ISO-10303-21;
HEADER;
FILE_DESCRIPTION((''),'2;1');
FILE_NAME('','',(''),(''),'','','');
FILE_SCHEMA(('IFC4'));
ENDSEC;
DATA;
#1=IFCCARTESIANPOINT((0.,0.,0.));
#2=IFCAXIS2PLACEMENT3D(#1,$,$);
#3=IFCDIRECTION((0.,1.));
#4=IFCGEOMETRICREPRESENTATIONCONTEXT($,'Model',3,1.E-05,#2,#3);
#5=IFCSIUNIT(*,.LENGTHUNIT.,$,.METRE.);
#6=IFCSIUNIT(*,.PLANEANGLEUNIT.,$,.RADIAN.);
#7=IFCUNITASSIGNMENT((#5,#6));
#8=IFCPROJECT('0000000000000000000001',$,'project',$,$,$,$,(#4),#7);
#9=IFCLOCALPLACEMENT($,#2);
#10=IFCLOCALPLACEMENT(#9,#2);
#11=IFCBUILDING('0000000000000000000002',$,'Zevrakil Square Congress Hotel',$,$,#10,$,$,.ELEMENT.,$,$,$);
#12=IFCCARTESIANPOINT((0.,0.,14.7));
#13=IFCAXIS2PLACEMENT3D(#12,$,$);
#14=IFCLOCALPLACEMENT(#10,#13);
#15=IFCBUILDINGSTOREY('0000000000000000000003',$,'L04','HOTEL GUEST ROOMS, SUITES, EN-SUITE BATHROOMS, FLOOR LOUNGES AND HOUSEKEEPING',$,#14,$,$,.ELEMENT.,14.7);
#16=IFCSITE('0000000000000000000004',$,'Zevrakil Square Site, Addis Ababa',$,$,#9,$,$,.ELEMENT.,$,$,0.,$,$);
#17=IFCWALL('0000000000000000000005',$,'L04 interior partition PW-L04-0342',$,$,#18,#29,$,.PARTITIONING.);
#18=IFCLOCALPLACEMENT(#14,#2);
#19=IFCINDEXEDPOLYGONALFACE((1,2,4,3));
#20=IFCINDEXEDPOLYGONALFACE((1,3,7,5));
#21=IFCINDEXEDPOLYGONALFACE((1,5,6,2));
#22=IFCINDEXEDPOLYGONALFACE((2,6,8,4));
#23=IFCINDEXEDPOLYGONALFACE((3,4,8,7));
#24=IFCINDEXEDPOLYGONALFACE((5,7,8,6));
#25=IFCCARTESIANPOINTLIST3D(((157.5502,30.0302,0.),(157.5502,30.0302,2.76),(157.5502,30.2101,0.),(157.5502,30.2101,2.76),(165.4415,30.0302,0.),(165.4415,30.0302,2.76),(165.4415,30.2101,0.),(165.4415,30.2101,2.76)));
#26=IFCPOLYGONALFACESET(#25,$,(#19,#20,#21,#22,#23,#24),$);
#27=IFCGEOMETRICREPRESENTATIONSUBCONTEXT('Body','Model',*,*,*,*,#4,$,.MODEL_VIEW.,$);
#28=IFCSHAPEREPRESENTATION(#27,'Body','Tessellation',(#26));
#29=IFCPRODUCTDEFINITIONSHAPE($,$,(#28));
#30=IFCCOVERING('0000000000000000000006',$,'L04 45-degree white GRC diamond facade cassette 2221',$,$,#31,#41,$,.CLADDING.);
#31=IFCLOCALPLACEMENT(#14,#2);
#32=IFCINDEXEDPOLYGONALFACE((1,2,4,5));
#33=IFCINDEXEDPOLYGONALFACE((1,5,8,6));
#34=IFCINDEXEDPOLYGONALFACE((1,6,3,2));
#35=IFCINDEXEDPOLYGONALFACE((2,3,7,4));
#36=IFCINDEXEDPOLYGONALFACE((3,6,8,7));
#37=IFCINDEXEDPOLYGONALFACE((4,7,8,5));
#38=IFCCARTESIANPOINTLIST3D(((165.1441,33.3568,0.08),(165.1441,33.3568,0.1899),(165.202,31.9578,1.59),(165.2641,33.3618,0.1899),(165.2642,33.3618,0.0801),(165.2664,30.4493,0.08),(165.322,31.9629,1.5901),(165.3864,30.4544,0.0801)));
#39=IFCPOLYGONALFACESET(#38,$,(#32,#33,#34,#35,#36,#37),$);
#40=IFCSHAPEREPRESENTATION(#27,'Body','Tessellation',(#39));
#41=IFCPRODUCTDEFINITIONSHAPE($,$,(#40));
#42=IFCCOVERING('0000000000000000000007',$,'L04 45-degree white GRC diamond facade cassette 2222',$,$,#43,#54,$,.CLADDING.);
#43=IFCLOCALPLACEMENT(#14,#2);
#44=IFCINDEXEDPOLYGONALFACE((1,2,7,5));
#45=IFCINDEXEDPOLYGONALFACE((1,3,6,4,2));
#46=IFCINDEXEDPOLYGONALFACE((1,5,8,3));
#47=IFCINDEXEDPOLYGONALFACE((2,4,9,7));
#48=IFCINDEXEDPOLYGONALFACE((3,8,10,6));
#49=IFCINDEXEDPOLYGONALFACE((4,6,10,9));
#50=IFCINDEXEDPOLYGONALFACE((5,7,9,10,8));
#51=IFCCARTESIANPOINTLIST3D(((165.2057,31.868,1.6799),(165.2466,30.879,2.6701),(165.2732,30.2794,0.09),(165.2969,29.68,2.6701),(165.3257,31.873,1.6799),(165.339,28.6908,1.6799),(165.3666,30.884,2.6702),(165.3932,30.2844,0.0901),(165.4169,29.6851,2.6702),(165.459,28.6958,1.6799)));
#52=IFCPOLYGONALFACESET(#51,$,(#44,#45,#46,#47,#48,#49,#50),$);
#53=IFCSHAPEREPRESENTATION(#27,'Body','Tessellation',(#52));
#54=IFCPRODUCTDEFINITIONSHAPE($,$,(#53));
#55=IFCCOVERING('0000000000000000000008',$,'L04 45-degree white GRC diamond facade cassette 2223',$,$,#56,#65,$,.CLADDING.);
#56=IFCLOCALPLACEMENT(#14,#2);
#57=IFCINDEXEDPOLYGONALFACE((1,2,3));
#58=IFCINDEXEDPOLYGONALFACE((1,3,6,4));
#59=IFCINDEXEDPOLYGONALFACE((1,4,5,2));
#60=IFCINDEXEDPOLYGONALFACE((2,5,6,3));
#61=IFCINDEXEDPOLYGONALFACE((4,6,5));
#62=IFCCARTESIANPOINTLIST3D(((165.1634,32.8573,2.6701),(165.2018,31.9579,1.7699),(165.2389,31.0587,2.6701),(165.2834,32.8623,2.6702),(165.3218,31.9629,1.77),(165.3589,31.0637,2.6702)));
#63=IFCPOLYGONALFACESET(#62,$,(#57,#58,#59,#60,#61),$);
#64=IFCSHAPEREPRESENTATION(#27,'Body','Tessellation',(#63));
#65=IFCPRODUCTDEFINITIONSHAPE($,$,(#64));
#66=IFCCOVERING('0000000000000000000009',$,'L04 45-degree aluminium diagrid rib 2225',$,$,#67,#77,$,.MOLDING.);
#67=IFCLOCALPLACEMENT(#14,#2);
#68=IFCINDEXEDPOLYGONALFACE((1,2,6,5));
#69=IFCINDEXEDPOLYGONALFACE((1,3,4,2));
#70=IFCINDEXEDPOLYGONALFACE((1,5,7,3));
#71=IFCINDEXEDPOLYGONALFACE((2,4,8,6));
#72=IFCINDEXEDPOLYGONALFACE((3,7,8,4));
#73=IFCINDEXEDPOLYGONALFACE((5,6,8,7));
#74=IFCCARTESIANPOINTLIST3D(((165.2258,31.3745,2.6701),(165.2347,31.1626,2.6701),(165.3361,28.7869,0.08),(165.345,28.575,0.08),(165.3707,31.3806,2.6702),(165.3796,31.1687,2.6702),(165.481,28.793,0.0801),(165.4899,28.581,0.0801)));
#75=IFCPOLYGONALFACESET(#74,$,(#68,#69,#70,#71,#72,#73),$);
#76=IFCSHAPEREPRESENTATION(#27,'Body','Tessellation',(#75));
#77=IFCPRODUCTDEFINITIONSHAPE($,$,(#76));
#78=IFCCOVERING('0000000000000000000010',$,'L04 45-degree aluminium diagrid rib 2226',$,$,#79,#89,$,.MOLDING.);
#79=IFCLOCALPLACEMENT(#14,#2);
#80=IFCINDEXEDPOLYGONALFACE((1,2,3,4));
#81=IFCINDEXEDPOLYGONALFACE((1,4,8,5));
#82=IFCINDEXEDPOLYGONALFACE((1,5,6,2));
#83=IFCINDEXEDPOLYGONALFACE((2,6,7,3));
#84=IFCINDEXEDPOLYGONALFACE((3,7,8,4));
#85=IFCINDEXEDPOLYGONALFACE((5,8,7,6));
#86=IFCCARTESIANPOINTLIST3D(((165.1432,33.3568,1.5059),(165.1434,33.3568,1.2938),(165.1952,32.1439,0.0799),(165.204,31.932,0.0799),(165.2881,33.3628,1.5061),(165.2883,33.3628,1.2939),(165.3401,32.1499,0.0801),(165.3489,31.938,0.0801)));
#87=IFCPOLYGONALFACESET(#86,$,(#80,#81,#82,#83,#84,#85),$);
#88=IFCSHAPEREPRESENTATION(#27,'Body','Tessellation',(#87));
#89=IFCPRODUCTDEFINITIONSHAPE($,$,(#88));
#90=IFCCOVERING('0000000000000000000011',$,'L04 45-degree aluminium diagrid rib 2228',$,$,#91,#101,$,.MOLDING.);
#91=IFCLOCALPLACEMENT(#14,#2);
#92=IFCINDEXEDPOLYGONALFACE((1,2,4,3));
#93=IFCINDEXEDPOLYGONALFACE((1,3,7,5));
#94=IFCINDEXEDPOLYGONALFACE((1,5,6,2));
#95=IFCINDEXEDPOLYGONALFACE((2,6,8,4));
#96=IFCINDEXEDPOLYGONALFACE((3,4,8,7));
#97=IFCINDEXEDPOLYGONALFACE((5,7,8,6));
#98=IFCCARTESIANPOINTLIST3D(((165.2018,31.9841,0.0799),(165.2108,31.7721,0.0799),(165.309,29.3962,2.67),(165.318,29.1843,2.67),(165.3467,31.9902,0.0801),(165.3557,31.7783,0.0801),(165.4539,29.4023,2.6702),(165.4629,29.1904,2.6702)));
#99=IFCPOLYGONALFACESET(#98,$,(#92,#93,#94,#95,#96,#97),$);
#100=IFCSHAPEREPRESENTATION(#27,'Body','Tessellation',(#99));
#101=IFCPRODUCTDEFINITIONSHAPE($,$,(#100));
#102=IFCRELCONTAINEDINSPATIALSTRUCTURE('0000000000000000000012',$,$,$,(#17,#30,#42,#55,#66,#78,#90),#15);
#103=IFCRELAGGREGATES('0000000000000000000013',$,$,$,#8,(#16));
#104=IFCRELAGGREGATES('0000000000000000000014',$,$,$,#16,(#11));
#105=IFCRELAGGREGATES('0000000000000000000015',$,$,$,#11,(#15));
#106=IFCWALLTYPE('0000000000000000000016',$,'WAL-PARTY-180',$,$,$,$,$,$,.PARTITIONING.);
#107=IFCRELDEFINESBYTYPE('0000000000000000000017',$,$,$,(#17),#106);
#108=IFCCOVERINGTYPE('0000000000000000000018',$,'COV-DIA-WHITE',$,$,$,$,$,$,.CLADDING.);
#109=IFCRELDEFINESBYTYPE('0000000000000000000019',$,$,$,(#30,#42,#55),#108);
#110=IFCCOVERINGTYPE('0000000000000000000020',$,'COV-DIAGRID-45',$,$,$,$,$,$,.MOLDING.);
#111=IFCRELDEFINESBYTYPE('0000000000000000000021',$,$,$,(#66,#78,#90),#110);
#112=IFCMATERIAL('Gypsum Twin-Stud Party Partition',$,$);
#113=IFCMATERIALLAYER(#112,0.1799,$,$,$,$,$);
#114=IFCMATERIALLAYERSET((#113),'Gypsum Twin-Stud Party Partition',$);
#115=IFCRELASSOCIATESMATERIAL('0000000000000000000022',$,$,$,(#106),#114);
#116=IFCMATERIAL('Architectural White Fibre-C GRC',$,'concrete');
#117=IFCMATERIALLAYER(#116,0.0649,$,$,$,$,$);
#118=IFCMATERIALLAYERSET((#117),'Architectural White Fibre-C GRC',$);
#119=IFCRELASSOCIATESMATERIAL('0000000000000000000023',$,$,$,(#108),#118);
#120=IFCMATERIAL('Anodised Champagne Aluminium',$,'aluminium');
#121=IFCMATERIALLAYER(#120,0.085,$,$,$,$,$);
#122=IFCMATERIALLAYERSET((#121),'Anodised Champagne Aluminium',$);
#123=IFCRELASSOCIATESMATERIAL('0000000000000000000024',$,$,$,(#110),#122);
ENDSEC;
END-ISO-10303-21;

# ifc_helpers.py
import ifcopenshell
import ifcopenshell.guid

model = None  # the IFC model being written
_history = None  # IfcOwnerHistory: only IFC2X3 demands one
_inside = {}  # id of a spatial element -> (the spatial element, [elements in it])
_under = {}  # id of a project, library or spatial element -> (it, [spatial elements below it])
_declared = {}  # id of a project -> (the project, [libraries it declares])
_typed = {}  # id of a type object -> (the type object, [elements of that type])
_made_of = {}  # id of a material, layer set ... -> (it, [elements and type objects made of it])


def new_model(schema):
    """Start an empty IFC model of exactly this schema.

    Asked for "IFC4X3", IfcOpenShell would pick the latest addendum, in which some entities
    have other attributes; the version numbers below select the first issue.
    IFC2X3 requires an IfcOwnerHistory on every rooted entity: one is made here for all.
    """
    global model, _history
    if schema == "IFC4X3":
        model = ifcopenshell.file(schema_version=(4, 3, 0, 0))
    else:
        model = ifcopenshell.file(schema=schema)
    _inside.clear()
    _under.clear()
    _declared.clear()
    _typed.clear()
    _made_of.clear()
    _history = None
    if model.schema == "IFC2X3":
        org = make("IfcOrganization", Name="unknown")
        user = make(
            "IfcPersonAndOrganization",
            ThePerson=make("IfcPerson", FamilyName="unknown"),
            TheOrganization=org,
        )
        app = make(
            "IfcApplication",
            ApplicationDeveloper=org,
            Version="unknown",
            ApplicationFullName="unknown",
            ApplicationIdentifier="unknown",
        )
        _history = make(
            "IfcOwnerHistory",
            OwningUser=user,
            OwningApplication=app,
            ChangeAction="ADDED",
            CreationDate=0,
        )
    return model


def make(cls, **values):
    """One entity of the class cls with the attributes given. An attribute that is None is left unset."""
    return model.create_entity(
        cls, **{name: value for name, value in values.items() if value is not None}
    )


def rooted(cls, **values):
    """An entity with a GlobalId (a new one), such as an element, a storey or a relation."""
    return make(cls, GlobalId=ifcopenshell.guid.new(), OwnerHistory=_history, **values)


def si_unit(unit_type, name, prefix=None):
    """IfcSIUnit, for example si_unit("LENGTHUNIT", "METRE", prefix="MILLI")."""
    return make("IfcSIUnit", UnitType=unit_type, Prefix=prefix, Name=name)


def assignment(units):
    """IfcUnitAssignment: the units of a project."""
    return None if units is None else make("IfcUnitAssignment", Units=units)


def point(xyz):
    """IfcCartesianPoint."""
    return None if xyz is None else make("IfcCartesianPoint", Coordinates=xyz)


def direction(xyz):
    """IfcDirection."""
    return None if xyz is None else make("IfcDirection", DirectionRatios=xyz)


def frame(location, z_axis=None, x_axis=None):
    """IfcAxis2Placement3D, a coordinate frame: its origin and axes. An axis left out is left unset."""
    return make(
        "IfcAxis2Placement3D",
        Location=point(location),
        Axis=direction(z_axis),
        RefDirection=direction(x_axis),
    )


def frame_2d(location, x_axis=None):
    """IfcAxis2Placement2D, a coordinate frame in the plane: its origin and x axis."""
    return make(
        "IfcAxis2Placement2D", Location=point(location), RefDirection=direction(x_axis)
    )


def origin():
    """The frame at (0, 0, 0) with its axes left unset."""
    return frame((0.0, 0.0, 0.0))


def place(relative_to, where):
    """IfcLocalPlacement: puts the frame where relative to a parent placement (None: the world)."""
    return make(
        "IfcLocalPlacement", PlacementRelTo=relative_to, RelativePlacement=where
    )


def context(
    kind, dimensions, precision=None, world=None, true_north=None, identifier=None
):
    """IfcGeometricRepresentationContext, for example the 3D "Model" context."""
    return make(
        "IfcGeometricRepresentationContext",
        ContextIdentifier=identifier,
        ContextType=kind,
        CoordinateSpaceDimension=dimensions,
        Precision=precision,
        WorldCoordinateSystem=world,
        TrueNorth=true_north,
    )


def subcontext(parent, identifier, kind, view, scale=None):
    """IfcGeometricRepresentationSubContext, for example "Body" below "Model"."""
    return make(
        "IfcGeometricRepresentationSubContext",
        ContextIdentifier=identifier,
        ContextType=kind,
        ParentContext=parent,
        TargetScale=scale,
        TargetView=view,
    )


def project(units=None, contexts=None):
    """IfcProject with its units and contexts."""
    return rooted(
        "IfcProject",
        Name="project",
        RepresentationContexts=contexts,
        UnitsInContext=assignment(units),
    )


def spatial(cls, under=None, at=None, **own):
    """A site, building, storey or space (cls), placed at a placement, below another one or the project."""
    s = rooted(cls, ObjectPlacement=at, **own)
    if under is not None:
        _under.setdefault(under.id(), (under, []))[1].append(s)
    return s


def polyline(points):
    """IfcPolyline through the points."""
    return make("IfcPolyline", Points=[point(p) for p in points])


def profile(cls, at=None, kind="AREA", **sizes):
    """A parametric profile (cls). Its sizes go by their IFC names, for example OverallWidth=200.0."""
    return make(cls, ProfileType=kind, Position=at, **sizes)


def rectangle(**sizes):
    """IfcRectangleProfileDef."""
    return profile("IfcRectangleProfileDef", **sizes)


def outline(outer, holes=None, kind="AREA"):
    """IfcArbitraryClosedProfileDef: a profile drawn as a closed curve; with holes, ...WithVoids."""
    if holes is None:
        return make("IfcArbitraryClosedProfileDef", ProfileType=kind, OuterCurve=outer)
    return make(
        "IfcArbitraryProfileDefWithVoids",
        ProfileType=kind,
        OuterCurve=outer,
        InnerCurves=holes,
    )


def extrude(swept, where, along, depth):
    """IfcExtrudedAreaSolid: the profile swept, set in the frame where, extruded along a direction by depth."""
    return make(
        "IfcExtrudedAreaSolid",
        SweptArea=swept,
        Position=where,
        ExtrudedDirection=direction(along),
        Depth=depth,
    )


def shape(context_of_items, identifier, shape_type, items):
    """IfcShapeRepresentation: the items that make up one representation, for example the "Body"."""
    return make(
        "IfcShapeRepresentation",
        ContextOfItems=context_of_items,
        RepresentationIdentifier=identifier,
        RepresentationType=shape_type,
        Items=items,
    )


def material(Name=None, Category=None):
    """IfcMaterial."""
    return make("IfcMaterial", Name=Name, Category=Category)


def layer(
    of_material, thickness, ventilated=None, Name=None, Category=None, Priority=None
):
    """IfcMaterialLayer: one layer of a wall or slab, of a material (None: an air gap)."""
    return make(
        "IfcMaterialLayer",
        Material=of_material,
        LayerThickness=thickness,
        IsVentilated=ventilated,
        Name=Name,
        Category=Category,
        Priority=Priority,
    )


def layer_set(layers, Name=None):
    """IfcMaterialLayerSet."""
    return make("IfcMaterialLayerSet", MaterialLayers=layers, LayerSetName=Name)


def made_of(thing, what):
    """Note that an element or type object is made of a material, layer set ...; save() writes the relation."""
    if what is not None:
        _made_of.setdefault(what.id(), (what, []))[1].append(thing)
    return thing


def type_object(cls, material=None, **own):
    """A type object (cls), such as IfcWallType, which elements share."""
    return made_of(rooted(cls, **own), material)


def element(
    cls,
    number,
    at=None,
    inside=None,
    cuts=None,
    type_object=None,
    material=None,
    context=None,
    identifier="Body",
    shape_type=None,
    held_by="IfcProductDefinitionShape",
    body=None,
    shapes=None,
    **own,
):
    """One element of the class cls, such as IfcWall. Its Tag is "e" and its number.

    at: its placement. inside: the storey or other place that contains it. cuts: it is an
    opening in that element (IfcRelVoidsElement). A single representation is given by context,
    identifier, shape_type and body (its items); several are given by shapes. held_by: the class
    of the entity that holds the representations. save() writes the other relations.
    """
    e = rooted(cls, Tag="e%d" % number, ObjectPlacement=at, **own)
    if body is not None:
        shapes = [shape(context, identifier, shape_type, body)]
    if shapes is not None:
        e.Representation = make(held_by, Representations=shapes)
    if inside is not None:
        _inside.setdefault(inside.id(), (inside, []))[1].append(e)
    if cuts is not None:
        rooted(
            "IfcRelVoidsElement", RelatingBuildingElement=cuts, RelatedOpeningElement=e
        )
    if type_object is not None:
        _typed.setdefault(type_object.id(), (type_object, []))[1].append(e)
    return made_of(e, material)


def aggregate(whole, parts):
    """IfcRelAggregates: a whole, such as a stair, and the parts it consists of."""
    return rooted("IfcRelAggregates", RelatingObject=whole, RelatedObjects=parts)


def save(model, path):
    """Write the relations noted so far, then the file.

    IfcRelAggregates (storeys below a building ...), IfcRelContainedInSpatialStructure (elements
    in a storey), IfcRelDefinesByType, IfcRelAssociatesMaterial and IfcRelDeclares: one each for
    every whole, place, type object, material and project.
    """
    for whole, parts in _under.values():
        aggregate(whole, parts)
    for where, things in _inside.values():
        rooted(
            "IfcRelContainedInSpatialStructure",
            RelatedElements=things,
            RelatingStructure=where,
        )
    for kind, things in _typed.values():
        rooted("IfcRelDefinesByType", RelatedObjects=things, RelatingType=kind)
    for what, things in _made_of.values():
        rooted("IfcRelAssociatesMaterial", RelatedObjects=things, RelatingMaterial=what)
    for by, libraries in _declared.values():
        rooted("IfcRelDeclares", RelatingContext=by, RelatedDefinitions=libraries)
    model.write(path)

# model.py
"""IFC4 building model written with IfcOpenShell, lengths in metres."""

from ifc_helpers import new_model, si_unit, direction, frame, frame_2d, origin, place, context, subcontext, project, spatial, polyline, rectangle, outline, extrude, material, layer, layer_set, type_object, element, save


model = new_model("IFC4")

# Units and contexts
model_context = context("Model", 3, precision=1e-05, world=origin(), true_north=direction((0.0, 1.0)))
body_context = subcontext(model_context, "Body", "Model", "MODEL_VIEW")
ifc_project = project(units=[si_unit("LENGTHUNIT", "METRE"), si_unit("PLANEANGLEUNIT", "RADIAN")], contexts=[model_context])

# Site, building, storey
site_placement = place(None, origin())
site = spatial("IfcSite", under=ifc_project, at=site_placement, Name="Zevrakil Square Site, Addis Ababa", CompositionType="ELEMENT", RefElevation=0.0)
building_placement = place(site_placement, origin())
building = spatial("IfcBuilding", under=site, at=building_placement, Name="Zevrakil Square Congress Hotel", CompositionType="ELEMENT")
storey_placement = place(building_placement, frame((0.0, 0.0, 14.7)))
storey = spatial("IfcBuildingStorey", under=building, at=storey_placement, Name="L04", Description="HOTEL GUEST ROOMS, SUITES, EN-SUITE BATHROOMS, FLOOR LOUNGES AND HOUSEKEEPING", CompositionType="ELEMENT", Elevation=14.7)

# Wall
ifc_material_1 = material(Name="Gypsum Twin-Stud Party Partition")
ifc_layer_1 = layer(ifc_material_1, 0.1799)
ifc_layer_set_1 = layer_set([ifc_layer_1], Name="Gypsum Twin-Stud Party Partition")
wall_type_1 = type_object("IfcWallType", Name="WAL-PARTY-180", PredefinedType="PARTITIONING", material=ifc_layer_set_1)
wall_1_placement = place(storey_placement, frame((157.55, 30.1201, 0.0), z_axis=(0.0, 0.0, 1.0), x_axis=(1.0, 0.0, 0.0)))
element("IfcWall", 1, at=wall_1_placement, inside=storey, type_object=wall_type_1, Name="L04 interior partition PW-L04-0342", PredefinedType="PARTITIONING", context=body_context, shape_type="SweptSolid", body=[
    extrude(rectangle(XDim=7.8914, YDim=0.1799, at=frame_2d((3.9458, 0.0))), origin(), (0.0, 0.0, 1.0), 2.76),
])

# Coverings
ifc_material_2 = material(Name="Architectural White Fibre-C GRC", Category="concrete")
ifc_layer_2 = layer(ifc_material_2, 0.0649)
ifc_layer_set_2 = layer_set([ifc_layer_2], Name="Architectural White Fibre-C GRC")
covering_type_1 = type_object("IfcCoveringType", Name="COV-DIA-WHITE", PredefinedType="CLADDING", material=ifc_layer_set_2)
covering_1_placement = place(storey_placement, frame((165.322, 31.9629, 1.5901), z_axis=(0.999117, 0.042008, 0.000633), x_axis=(-0.029257, 0.706498, -0.70711)))
element("IfcCovering", 2, at=covering_1_placement, inside=storey, type_object=covering_type_1, Name="L04 45-degree white GRC diamond facade cassette 2221", PredefinedType="CLADDING", context=body_context, shape_type="SweptSolid", body=[
    extrude(outline(polyline([(0.0, 0.0), (1.9801, 0.0), (2.0578, -0.0777), (0.0001, -2.1354), (0.0, 0.0)])), origin(), (0.0, 0.0, -1.0), 0.1201),
])
covering_2_placement = place(storey_placement, frame((165.3257, 31.873, 1.6799), z_axis=(0.999121, 0.041917, 0.000555), x_axis=(0.030034, -0.706517, -0.707058)))
element("IfcCovering", 3, at=covering_2_placement, inside=storey, type_object=covering_type_1, Name="L04 45-degree white GRC diamond facade cassette 2222", PredefinedType="CLADDING", context=body_context, shape_type="SweptSolid", body=[
    extrude(outline(polyline([(0.0, 0.0), (2.2485, 0.0), (2.2488, -2.2485), (0.8484, -2.2486), (-0.0002, -1.4001), (0.0, 0.0)])), origin(), (0.0, 0.0, -1.0), 0.1201),
])
covering_3_placement = place(storey_placement, frame((165.3218, 31.9629, 1.77), z_axis=(0.999121, 0.041907, 0.000672), x_axis=(0.029155, -0.706422, 0.70719)))
element("IfcCovering", 4, at=covering_3_placement, inside=storey, type_object=covering_type_1, Name="L04 45-degree white GRC diamond facade cassette 2223", PredefinedType="CLADDING", context=body_context, shape_type="SweptSolid", body=[
    extrude(outline(polyline([(0.0, 0.0), (1.2729, 0.0), (0.0001, -1.2731), (0.0, 0.0)])), origin(), (0.0, 0.0, -1.0), 0.1201),
])
ifc_material_3 = material(Name="Anodised Champagne Aluminium", Category="aluminium")
ifc_layer_3 = layer(ifc_material_3, 0.085)
ifc_layer_set_3 = layer_set([ifc_layer_3], Name="Anodised Champagne Aluminium")
covering_type_2 = type_object("IfcCoveringType", Name="COV-DIAGRID-45", PredefinedType="MOLDING", material=ifc_layer_set_3)
covering_4_placement = place(storey_placement, frame((165.481, 28.793, 0.0801), z_axis=(0.999117, 0.042014, 0.000547), x_axis=(0.042014, -0.999117, 0.0)))
element("IfcCovering", 5, at=covering_4_placement, inside=storey, type_object=covering_type_2, Name="L04 45-degree aluminium diagrid rib 2225", PredefinedType="MOLDING", context=body_context, shape_type="SweptSolid", body=[
    extrude(outline(polyline([(0.0, 0.0), (0.2121, 0.0), (-2.3779, -2.5901), (-2.59, -2.5901), (0.0, 0.0)])), origin(), (0.0, 0.0, -1.0), 0.145),
])
covering_5_placement = place(storey_placement, frame((165.3401, 32.1499, 0.0801), z_axis=(0.999139, 0.04146, 0.001171), x_axis=(0.04146, -0.99914, 0.0)))
element("IfcCovering", 6, at=covering_5_placement, inside=storey, type_object=covering_type_2, Name="L04 45-degree aluminium diagrid rib 2226", PredefinedType="MOLDING", context=body_context, shape_type="SweptSolid", body=[
    extrude(outline(polyline([(0.0, 0.0), (0.2121, 0.0), (-1.214, -1.426), (-1.214, -1.2139), (0.0, 0.0)])), origin(), (0.0, 0.0, -1.0), 0.145),
])
covering_6_placement = place(storey_placement, frame((165.4629, 29.1904, 2.6702), z_axis=(0.999092, 0.042588, 0.00121), x_axis=(-0.042588, 0.999093, 0.0)))
element("IfcCovering", 7, at=covering_6_placement, inside=storey, type_object=covering_type_2, Name="L04 45-degree aluminium diagrid rib 2228", PredefinedType="MOLDING", context=body_context, shape_type="SweptSolid", body=[
    extrude(outline(polyline([(0.0, 0.0), (0.2121, 0.0), (2.8022, -2.5901), (2.5901, -2.5901), (0.0, 0.0)])), origin(), (0.0, 0.0, -1.0), 0.145),
])

save(model, "model.ifc")
